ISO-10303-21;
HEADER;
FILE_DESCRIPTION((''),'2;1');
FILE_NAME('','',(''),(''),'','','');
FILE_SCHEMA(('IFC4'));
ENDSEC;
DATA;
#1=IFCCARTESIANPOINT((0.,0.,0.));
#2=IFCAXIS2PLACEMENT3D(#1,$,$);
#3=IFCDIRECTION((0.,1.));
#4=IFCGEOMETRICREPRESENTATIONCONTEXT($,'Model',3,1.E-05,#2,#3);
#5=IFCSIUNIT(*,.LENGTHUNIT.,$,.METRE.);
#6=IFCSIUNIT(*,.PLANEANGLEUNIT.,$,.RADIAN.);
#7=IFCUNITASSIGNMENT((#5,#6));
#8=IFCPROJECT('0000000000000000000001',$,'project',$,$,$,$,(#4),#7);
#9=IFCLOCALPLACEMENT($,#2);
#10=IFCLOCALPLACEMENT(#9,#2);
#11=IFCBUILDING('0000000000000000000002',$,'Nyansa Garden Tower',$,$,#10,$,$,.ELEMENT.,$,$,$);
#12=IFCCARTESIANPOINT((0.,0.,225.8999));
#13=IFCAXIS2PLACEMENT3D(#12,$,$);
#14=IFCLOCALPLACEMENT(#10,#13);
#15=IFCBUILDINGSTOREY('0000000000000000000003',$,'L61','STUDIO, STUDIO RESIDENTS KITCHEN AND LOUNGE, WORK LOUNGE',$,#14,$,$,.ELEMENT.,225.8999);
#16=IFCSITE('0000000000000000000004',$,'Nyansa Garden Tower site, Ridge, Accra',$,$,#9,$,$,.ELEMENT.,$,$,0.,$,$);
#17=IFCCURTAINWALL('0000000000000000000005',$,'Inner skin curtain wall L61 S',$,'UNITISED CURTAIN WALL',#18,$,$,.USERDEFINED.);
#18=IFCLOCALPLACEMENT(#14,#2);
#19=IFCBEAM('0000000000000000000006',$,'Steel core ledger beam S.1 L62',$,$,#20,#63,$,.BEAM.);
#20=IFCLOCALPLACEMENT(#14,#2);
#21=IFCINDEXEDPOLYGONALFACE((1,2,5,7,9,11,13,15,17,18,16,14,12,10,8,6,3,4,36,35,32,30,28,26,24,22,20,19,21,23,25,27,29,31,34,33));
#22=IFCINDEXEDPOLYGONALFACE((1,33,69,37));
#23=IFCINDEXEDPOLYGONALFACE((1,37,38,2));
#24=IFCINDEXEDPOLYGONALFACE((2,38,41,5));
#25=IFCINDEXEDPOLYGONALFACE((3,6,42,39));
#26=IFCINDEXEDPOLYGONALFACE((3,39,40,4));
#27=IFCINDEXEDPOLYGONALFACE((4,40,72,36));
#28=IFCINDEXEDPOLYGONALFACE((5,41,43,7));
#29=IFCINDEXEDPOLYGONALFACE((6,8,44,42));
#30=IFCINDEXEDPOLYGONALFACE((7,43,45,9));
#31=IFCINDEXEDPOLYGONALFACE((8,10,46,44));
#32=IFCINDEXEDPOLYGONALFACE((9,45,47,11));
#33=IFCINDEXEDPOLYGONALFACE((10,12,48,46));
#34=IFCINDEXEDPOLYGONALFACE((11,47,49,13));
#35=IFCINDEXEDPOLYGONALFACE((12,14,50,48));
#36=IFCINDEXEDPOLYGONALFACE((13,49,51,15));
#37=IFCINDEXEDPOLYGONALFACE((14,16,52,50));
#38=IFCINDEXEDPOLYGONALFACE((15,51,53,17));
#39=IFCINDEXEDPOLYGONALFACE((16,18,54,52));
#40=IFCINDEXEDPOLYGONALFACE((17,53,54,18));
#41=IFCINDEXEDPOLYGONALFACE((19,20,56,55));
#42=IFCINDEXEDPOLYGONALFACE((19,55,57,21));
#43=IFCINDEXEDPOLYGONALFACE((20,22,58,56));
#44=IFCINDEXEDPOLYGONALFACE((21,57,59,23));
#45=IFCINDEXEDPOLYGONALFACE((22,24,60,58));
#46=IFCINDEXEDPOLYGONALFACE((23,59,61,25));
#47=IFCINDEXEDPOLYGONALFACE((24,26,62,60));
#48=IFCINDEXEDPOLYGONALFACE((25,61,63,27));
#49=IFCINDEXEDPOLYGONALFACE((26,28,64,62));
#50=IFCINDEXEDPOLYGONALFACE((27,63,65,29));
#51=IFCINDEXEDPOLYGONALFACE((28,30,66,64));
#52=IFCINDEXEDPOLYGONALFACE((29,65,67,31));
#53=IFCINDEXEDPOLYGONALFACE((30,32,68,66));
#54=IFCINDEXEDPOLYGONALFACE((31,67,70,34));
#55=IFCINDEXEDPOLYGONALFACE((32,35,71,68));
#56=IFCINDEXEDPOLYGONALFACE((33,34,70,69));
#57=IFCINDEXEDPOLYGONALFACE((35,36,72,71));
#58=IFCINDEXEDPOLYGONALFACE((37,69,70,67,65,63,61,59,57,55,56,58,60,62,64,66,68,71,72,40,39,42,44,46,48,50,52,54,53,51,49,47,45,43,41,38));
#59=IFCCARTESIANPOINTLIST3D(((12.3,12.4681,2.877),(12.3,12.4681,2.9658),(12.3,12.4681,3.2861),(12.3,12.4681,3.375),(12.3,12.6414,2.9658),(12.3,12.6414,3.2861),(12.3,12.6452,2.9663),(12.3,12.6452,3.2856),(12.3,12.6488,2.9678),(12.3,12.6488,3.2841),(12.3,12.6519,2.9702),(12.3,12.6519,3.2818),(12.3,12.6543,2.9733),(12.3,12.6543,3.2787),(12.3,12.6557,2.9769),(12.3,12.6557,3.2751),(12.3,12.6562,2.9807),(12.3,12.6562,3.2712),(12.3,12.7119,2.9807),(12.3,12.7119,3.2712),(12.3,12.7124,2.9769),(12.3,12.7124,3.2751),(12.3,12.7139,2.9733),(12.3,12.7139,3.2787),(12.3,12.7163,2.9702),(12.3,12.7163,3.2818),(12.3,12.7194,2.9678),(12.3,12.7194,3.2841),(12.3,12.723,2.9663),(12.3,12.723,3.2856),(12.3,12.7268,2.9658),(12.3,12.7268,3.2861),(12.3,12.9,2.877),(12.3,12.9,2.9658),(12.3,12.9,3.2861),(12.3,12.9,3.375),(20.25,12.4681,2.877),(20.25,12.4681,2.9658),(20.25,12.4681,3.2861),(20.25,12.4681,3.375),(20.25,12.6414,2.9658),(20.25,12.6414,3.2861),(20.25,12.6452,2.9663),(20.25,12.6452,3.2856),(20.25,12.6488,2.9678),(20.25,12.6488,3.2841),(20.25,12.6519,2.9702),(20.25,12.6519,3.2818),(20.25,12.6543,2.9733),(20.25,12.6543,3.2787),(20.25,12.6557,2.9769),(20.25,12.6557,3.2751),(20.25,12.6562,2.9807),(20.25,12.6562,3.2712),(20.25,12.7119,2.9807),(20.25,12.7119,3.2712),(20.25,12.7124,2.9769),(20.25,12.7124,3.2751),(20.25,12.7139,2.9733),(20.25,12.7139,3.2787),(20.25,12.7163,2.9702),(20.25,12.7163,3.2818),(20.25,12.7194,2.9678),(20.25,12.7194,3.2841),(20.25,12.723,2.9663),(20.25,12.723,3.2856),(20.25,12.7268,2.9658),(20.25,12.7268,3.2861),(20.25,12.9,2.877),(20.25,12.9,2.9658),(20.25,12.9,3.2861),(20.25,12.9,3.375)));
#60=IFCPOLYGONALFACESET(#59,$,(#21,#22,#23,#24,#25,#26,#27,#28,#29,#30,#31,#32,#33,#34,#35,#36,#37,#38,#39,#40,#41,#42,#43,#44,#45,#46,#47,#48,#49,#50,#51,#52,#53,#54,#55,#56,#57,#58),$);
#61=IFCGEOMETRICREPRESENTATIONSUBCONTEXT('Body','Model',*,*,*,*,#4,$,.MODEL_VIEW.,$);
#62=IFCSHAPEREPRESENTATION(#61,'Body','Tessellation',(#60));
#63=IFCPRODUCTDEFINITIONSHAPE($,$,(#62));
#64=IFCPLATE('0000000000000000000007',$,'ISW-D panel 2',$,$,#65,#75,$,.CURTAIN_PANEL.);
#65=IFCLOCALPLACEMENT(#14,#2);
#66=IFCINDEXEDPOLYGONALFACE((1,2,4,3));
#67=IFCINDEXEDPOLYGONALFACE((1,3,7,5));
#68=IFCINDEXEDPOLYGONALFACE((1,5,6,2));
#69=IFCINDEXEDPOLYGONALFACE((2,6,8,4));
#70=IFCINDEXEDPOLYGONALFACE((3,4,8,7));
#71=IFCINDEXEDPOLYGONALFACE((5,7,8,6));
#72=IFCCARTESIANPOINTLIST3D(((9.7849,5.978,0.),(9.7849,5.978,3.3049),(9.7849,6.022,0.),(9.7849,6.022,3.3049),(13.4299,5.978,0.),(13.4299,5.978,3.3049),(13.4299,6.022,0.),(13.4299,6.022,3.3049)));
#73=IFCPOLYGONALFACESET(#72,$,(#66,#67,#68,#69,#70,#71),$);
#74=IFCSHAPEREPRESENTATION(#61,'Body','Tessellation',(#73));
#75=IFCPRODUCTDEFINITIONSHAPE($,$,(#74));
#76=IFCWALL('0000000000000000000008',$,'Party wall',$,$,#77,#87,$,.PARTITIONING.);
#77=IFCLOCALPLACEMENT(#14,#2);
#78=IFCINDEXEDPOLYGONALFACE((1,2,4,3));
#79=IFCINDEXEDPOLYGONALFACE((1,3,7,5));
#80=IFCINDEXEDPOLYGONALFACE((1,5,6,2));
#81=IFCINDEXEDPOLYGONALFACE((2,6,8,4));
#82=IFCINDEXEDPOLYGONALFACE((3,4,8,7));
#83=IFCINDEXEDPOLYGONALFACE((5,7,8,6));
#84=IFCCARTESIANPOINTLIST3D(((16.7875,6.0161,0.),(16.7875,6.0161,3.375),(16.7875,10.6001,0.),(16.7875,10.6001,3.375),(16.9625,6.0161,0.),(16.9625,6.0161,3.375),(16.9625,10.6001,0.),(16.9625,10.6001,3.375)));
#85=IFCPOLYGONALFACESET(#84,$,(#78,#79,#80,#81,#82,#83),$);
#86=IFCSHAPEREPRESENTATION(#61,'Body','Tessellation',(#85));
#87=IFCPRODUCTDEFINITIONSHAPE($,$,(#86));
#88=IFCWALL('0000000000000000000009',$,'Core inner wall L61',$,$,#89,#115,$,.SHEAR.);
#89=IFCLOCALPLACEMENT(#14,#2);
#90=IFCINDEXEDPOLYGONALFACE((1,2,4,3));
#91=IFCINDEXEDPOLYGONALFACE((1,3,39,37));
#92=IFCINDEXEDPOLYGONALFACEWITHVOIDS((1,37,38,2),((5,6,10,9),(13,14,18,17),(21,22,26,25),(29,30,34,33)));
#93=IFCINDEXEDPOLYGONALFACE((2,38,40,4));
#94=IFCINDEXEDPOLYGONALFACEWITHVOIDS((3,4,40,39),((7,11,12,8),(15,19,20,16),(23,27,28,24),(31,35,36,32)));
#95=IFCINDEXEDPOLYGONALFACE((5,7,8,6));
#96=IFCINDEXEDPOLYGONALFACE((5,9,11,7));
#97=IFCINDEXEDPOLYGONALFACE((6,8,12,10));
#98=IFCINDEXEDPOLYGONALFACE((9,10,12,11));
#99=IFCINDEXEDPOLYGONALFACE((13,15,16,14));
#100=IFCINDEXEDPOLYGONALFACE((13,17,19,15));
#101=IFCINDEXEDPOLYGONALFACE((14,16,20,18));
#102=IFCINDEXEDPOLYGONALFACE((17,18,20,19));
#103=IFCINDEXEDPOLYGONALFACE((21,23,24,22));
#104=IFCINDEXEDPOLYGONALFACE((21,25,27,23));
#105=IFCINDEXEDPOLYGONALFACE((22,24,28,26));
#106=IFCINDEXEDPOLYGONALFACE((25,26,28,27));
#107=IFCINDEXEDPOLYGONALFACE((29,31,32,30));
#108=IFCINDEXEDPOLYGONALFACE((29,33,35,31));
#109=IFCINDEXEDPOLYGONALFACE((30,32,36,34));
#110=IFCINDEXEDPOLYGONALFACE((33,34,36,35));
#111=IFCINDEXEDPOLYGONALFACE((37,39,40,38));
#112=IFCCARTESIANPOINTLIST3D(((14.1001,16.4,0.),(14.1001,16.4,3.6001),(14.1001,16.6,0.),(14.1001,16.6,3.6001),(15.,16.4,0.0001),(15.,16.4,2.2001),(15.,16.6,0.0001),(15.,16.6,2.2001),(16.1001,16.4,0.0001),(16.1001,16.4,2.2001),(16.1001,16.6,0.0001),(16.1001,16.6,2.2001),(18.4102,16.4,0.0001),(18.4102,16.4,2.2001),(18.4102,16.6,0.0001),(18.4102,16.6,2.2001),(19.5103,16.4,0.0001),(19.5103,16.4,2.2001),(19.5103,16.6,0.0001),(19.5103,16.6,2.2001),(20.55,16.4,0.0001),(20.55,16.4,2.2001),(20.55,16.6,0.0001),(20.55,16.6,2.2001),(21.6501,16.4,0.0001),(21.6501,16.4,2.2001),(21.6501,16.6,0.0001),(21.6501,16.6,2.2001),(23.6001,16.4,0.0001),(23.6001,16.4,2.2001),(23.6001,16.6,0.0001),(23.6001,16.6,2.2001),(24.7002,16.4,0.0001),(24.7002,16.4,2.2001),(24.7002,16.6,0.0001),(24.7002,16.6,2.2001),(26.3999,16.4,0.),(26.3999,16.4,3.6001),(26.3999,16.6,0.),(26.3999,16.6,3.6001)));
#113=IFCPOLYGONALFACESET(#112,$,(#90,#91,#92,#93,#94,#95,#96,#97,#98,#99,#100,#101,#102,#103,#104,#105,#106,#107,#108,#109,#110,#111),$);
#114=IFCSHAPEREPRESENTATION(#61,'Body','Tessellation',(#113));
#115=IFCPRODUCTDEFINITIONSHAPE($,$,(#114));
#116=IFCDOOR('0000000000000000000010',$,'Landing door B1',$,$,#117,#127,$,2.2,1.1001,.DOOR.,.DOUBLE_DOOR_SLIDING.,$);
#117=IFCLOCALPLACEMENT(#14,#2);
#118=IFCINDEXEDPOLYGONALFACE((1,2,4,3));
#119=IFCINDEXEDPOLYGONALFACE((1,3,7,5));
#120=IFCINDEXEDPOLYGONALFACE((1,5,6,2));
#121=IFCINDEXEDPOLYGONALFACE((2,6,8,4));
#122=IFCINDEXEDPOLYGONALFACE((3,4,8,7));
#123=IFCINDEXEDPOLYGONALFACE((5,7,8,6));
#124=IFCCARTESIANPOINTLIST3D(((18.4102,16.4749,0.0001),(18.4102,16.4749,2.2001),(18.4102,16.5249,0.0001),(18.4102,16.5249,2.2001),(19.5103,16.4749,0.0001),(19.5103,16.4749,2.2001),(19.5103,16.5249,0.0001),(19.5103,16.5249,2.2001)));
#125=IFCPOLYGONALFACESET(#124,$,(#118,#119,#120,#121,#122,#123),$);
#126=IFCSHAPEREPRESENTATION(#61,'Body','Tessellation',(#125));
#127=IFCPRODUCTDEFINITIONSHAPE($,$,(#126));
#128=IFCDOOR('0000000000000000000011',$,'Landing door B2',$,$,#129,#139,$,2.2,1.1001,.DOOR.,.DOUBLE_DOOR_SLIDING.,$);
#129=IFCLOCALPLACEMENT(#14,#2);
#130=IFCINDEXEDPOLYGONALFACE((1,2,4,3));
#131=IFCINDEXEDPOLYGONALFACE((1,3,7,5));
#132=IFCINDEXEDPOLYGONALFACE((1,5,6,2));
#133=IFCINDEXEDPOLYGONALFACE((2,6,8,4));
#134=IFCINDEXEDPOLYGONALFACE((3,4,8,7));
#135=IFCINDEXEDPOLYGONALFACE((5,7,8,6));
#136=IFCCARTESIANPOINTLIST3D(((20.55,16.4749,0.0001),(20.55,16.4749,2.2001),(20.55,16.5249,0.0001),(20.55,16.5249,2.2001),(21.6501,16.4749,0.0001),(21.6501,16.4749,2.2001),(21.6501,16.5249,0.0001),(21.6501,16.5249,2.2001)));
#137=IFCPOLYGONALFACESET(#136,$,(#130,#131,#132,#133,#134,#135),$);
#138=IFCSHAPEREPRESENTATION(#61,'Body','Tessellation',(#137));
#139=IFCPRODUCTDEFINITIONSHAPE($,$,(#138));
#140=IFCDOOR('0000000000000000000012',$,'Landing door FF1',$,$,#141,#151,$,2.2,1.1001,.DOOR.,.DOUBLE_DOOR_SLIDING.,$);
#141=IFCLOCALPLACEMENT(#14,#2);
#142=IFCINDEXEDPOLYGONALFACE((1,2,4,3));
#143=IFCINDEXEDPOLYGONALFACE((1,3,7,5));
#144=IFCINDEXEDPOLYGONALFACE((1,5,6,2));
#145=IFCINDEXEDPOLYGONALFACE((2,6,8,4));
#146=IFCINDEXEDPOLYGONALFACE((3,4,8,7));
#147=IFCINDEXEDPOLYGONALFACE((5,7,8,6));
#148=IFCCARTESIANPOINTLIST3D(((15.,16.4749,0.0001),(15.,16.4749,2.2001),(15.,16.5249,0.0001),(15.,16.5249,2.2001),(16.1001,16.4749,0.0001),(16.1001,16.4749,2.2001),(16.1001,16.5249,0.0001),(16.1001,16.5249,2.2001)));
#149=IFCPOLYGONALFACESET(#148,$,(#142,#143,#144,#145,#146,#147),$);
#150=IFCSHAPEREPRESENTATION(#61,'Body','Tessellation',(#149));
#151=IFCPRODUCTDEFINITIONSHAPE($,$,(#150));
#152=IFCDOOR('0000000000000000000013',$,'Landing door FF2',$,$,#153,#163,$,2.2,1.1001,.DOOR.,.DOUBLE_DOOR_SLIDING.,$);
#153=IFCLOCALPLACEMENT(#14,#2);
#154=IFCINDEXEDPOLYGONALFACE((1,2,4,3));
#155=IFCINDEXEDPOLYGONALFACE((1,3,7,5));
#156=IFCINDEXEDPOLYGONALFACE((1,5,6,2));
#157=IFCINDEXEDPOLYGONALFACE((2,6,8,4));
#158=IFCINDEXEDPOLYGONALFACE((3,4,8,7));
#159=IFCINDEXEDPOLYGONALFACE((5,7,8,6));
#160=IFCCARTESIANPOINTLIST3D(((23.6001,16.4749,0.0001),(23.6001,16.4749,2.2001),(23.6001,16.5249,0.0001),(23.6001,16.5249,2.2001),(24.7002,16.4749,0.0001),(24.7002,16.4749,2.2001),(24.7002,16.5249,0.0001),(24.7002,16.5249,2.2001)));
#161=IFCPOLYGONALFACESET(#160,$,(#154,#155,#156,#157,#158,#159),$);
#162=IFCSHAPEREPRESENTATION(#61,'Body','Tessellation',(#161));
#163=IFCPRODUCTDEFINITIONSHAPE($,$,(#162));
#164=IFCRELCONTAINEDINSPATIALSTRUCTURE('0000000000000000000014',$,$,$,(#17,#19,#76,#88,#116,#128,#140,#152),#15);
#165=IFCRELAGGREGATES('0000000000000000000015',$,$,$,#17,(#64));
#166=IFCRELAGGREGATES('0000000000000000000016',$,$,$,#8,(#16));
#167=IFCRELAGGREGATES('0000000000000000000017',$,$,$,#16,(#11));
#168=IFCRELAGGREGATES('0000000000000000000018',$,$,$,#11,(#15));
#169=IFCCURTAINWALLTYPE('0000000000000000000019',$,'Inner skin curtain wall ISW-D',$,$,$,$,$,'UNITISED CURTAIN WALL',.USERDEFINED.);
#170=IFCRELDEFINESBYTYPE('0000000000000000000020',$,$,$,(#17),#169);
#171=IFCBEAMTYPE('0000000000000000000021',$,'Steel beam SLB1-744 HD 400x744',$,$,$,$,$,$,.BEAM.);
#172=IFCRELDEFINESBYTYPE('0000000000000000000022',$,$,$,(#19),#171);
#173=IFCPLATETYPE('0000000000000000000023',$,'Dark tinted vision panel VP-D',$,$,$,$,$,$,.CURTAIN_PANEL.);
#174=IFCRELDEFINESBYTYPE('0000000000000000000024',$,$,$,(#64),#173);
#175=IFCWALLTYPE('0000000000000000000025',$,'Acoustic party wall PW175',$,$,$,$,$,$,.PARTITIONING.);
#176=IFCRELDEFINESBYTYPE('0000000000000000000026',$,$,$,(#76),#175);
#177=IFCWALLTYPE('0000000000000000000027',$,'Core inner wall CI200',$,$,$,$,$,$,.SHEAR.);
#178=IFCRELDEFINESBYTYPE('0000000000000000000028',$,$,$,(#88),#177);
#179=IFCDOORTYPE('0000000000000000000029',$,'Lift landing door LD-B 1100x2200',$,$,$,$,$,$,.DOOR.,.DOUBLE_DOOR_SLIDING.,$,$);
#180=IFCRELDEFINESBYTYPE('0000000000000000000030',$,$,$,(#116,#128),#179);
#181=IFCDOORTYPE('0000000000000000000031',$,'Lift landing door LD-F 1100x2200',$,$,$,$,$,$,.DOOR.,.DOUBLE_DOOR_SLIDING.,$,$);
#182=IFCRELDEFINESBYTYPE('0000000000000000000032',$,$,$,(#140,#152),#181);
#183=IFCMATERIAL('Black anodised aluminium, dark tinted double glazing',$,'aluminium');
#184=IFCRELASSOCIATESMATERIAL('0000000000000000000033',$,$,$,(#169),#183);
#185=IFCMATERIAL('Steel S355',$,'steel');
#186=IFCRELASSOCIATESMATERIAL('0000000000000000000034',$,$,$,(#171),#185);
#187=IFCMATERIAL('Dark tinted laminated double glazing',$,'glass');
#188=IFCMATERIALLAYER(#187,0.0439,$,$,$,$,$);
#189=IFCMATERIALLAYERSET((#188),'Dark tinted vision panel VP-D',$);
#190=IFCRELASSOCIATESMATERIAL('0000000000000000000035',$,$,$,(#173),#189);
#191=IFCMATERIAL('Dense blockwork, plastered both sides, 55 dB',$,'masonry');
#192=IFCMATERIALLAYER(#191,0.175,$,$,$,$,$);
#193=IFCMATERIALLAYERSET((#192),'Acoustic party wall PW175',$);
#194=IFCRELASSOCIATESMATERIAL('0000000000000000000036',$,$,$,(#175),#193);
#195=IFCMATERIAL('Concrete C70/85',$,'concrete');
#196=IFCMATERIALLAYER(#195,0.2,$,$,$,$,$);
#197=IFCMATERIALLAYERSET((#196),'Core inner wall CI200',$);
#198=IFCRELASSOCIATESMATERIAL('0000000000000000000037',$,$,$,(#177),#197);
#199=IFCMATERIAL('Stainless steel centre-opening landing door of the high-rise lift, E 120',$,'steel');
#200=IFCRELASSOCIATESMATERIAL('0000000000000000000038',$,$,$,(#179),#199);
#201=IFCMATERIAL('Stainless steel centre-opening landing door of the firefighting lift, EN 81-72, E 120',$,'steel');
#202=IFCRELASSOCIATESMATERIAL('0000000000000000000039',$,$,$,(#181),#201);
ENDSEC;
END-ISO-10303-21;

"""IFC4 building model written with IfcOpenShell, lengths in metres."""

from ifc_helpers import new_model, si_unit, direction, frame, frame_2d, origin, origin_2d, place, context, subcontext, project, spatial, rectangle, i_section, extrude, material, layer, layer_set, material_profile, profile_set, type_object, element, fill, aggregate, save


model = new_model("IFC4")

# Units and contexts
model_context = context("Model", 3, precision=1e-05, world=origin(), true_north=direction((0.0, 1.0)))
body_context = subcontext(model_context, "Body", "Model", "MODEL_VIEW")
ifc_project = project(units=[si_unit("LENGTHUNIT", "METRE"), si_unit("PLANEANGLEUNIT", "RADIAN")], contexts=[model_context])

# Site, building, storey
site_placement = place(None, origin())
site = spatial("IfcSite", under=ifc_project, at=site_placement, Name="Nyansa Garden Tower site, Ridge, Accra", CompositionType="ELEMENT", RefElevation=0.0)
building_placement = place(site_placement, origin())
building = spatial("IfcBuilding", under=site, at=building_placement, Name="Nyansa Garden Tower", CompositionType="ELEMENT")
storey_placement = place(building_placement, frame((0.0, 0.0, 225.8999)))
storey = spatial("IfcBuildingStorey", under=building, at=storey_placement, Name="L61", Description="STUDIO, STUDIO RESIDENTS KITCHEN AND LOUNGE, WORK LOUNGE", CompositionType="ELEMENT", Elevation=225.8999)

# Curtain wall
ifc_material_1 = material(Name="Black anodised aluminium, dark tinted double glazing", Category="aluminium")
curtain_wall_type = type_object("IfcCurtainWallType", Name="Inner skin curtain wall ISW-D", ElementType="UNITISED CURTAIN WALL", PredefinedType="USERDEFINED", material=ifc_material_1)
curtain_wall_placement = place(storey_placement, origin())
curtain_wall = element("IfcCurtainWall", 1, at=curtain_wall_placement, inside=storey, type_object=curtain_wall_type, Name="Inner skin curtain wall L61 S", ObjectType="UNITISED CURTAIN WALL", PredefinedType="USERDEFINED")

# Beam
ifc_material_2 = material(Name="Steel S355", Category="steel")
ifc_material_profile_1 = material_profile(ifc_material_2, i_section(OverallWidth=0.4319, OverallDepth=0.498, WebThickness=0.0557, FlangeThickness=0.0889, FilletRadius=0.0149, at=origin_2d()), Name="HD 400x744")
ifc_profile_set_1 = profile_set([ifc_material_profile_1], Name="Steel S355")
beam_type_1 = type_object("IfcBeamType", Name="Steel beam SLB1-744 HD 400x744", PredefinedType="BEAM", material=ifc_profile_set_1)
beam_1_placement = place(storey_placement, frame((12.3, 12.6841, 3.126), z_axis=(1.0, 0.0, 0.0), x_axis=(0.0, 1.0, 0.0)))
element("IfcBeam", 2, at=beam_1_placement, inside=storey, type_object=beam_type_1, Name="Steel core ledger beam S.1 L62", PredefinedType="BEAM", context=body_context, shape_type="SweptSolid", body=[
    extrude(i_section(OverallWidth=0.4319, OverallDepth=0.498, WebThickness=0.0557, FlangeThickness=0.0889, FilletRadius=0.0149, at=origin_2d()), origin(), (0.0, 0.0, 1.0), 7.95),
])

# Plate
ifc_material_3 = material(Name="Dark tinted laminated double glazing", Category="glass")
ifc_layer_1 = layer(ifc_material_3, 0.0439)
ifc_layer_set_1 = layer_set([ifc_layer_1], Name="Dark tinted vision panel VP-D")
plate_type = type_object("IfcPlateType", Name="Dark tinted vision panel VP-D", PredefinedType="CURTAIN_PANEL", material=ifc_layer_set_1)
plate_placement = place(storey_placement, frame((11.6074, 6.0, 0.0), z_axis=(0.0, 0.0, 1.0), x_axis=(1.0, 0.0, 0.0)))
plate = element("IfcPlate", 3, at=plate_placement, type_object=plate_type, Name="ISW-D panel 2", PredefinedType="CURTAIN_PANEL", context=body_context, shape_type="SweptSolid", body=[
    extrude(rectangle(XDim=3.645, YDim=0.0439, at=origin_2d()), origin(), (0.0, 0.0, 1.0), 3.3049),
])
aggregate(curtain_wall, [plate])

# Wall
ifc_material_4 = material(Name="Dense blockwork, plastered both sides, 55 dB", Category="masonry")
ifc_layer_2 = layer(ifc_material_4, 0.175)
ifc_layer_set_2 = layer_set([ifc_layer_2], Name="Acoustic party wall PW175")
wall_type_1 = type_object("IfcWallType", Name="Acoustic party wall PW175", PredefinedType="PARTITIONING", material=ifc_layer_set_2)
wall_1_placement = place(storey_placement, frame((16.875, 6.0161, 0.0), z_axis=(0.0, 0.0, 1.0), x_axis=(0.0, 1.0, 0.0)))
element("IfcWall", 4, at=wall_1_placement, inside=storey, type_object=wall_type_1, Name="Party wall", PredefinedType="PARTITIONING", context=body_context, shape_type="SweptSolid", body=[
    extrude(rectangle(XDim=4.584, YDim=0.175, at=frame_2d((2.292, 0.0))), origin(), (0.0, 0.0, 1.0), 3.375),
])

# Wall, openings, doors
ifc_material_5 = material(Name="Concrete C70/85", Category="concrete")
ifc_layer_3 = layer(ifc_material_5, 0.2)
ifc_layer_set_3 = layer_set([ifc_layer_3], Name="Core inner wall CI200")
wall_type_2 = type_object("IfcWallType", Name="Core inner wall CI200", PredefinedType="SHEAR", material=ifc_layer_set_3)
wall_2_placement = place(storey_placement, frame((14.1001, 16.5, 0.0), z_axis=(0.0, 0.0, 1.0), x_axis=(1.0, 0.0, 0.0)))
wall_2 = element("IfcWall", 5, at=wall_2_placement, inside=storey, type_object=wall_type_2, Name="Core inner wall L61", PredefinedType="SHEAR", context=body_context, shape_type="SweptSolid", body=[
    extrude(rectangle(XDim=12.2998, YDim=0.2, at=frame_2d((6.1499, 0.0))), origin(), (0.0, 0.0, 1.0), 3.6001),
])
opening_1_placement = place(wall_2_placement, frame((0.8999, 0.0, 0.0)))
opening_1 = element("IfcOpeningElement", 6, at=opening_1_placement, cuts=wall_2, PredefinedType="OPENING", context=body_context, shape_type="SweptSolid", body=[
    extrude(rectangle(XDim=1.1001, YDim=2.2, at=frame_2d((0.55, 1.1001))), frame((0.0, 0.1099, 0.0), z_axis=(0.0, -1.0, 0.0), x_axis=(1.0, 0.0, 0.0)), (0.0, 0.0, 1.0), 0.22),
])
opening_2_placement = place(wall_2_placement, frame((4.3101, 0.0, 0.0)))
opening_2 = element("IfcOpeningElement", 7, at=opening_2_placement, cuts=wall_2, PredefinedType="OPENING", context=body_context, shape_type="SweptSolid", body=[
    extrude(rectangle(XDim=1.1001, YDim=2.2, at=frame_2d((0.55, 1.1001))), frame((0.0, 0.1099, 0.0), z_axis=(0.0, -1.0, 0.0), x_axis=(1.0, 0.0, 0.0)), (0.0, 0.0, 1.0), 0.22),
])
opening_3_placement = place(wall_2_placement, frame((6.45, 0.0, 0.0)))
opening_3 = element("IfcOpeningElement", 8, at=opening_3_placement, cuts=wall_2, PredefinedType="OPENING", context=body_context, shape_type="SweptSolid", body=[
    extrude(rectangle(XDim=1.1001, YDim=2.2, at=frame_2d((0.55, 1.1001))), frame((0.0, 0.1099, 0.0), z_axis=(0.0, -1.0, 0.0), x_axis=(1.0, 0.0, 0.0)), (0.0, 0.0, 1.0), 0.22),
])
opening_4_placement = place(wall_2_placement, frame((9.5, 0.0, 0.0)))
opening_4 = element("IfcOpeningElement", 9, at=opening_4_placement, cuts=wall_2, PredefinedType="OPENING", context=body_context, shape_type="SweptSolid", body=[
    extrude(rectangle(XDim=1.1001, YDim=2.2, at=frame_2d((0.55, 1.1001))), frame((0.0, 0.1099, 0.0), z_axis=(0.0, -1.0, 0.0), x_axis=(1.0, 0.0, 0.0)), (0.0, 0.0, 1.0), 0.22),
])
ifc_material_6 = material(Name="Stainless steel centre-opening landing door of the high-rise lift, E 120", Category="steel")
door_type_1 = type_object("IfcDoorType", Name="Lift landing door LD-B 1100x2200", OperationType="DOUBLE_DOOR_SLIDING", PredefinedType="DOOR", material=ifc_material_6)
door_1_placement = place(opening_2_placement, origin())
door_1 = element("IfcDoor", 10, at=door_1_placement, inside=storey, type_object=door_type_1, Name="Landing door B1", OperationType="DOUBLE_DOOR_SLIDING", OverallHeight=2.2, OverallWidth=1.1001, PredefinedType="DOOR", context=body_context, shape_type="SweptSolid", body=[
    extrude(rectangle(XDim=1.1001, YDim=2.2, at=frame_2d((0.55, 1.1001))), frame((0.0, 0.0249, 0.0), z_axis=(0.0, -1.0, 0.0), x_axis=(1.0, 0.0, 0.0)), (0.0, 0.0, 1.0), 0.05),
])
fill(opening_2, door_1)
door_2_placement = place(opening_3_placement, origin())
door_2 = element("IfcDoor", 11, at=door_2_placement, inside=storey, type_object=door_type_1, Name="Landing door B2", OperationType="DOUBLE_DOOR_SLIDING", OverallHeight=2.2, OverallWidth=1.1001, PredefinedType="DOOR", context=body_context, shape_type="SweptSolid", body=[
    extrude(rectangle(XDim=1.1001, YDim=2.2, at=frame_2d((0.55, 1.1001))), frame((0.0, 0.0249, 0.0), z_axis=(0.0, -1.0, 0.0), x_axis=(1.0, 0.0, 0.0)), (0.0, 0.0, 1.0), 0.05),
])
fill(opening_3, door_2)
ifc_material_7 = material(Name="Stainless steel centre-opening landing door of the firefighting lift, EN 81-72, E 120", Category="steel")
door_type_2 = type_object("IfcDoorType", Name="Lift landing door LD-F 1100x2200", OperationType="DOUBLE_DOOR_SLIDING", PredefinedType="DOOR", material=ifc_material_7)
door_3_placement = place(opening_1_placement, origin())
door_3 = element("IfcDoor", 12, at=door_3_placement, inside=storey, type_object=door_type_2, Name="Landing door FF1", OperationType="DOUBLE_DOOR_SLIDING", OverallHeight=2.2, OverallWidth=1.1001, PredefinedType="DOOR", context=body_context, shape_type="SweptSolid", body=[
    extrude(rectangle(XDim=1.1001, YDim=2.2, at=frame_2d((0.55, 1.1001))), frame((0.0, 0.0249, 0.0), z_axis=(0.0, -1.0, 0.0), x_axis=(1.0, 0.0, 0.0)), (0.0, 0.0, 1.0), 0.05),
])
fill(opening_1, door_3)
door_4_placement = place(opening_4_placement, origin())
door_4 = element("IfcDoor", 13, at=door_4_placement, inside=storey, type_object=door_type_2, Name="Landing door FF2", OperationType="DOUBLE_DOOR_SLIDING", OverallHeight=2.2, OverallWidth=1.1001, PredefinedType="DOOR", context=body_context, shape_type="SweptSolid", body=[
    extrude(rectangle(XDim=1.1001, YDim=2.2, at=frame_2d((0.55, 1.1001))), frame((0.0, 0.0249, 0.0), z_axis=(0.0, -1.0, 0.0), x_axis=(1.0, 0.0, 0.0)), (0.0, 0.0, 1.0), 0.05),
])
fill(opening_4, door_4)

save(model, "model.ifc")
